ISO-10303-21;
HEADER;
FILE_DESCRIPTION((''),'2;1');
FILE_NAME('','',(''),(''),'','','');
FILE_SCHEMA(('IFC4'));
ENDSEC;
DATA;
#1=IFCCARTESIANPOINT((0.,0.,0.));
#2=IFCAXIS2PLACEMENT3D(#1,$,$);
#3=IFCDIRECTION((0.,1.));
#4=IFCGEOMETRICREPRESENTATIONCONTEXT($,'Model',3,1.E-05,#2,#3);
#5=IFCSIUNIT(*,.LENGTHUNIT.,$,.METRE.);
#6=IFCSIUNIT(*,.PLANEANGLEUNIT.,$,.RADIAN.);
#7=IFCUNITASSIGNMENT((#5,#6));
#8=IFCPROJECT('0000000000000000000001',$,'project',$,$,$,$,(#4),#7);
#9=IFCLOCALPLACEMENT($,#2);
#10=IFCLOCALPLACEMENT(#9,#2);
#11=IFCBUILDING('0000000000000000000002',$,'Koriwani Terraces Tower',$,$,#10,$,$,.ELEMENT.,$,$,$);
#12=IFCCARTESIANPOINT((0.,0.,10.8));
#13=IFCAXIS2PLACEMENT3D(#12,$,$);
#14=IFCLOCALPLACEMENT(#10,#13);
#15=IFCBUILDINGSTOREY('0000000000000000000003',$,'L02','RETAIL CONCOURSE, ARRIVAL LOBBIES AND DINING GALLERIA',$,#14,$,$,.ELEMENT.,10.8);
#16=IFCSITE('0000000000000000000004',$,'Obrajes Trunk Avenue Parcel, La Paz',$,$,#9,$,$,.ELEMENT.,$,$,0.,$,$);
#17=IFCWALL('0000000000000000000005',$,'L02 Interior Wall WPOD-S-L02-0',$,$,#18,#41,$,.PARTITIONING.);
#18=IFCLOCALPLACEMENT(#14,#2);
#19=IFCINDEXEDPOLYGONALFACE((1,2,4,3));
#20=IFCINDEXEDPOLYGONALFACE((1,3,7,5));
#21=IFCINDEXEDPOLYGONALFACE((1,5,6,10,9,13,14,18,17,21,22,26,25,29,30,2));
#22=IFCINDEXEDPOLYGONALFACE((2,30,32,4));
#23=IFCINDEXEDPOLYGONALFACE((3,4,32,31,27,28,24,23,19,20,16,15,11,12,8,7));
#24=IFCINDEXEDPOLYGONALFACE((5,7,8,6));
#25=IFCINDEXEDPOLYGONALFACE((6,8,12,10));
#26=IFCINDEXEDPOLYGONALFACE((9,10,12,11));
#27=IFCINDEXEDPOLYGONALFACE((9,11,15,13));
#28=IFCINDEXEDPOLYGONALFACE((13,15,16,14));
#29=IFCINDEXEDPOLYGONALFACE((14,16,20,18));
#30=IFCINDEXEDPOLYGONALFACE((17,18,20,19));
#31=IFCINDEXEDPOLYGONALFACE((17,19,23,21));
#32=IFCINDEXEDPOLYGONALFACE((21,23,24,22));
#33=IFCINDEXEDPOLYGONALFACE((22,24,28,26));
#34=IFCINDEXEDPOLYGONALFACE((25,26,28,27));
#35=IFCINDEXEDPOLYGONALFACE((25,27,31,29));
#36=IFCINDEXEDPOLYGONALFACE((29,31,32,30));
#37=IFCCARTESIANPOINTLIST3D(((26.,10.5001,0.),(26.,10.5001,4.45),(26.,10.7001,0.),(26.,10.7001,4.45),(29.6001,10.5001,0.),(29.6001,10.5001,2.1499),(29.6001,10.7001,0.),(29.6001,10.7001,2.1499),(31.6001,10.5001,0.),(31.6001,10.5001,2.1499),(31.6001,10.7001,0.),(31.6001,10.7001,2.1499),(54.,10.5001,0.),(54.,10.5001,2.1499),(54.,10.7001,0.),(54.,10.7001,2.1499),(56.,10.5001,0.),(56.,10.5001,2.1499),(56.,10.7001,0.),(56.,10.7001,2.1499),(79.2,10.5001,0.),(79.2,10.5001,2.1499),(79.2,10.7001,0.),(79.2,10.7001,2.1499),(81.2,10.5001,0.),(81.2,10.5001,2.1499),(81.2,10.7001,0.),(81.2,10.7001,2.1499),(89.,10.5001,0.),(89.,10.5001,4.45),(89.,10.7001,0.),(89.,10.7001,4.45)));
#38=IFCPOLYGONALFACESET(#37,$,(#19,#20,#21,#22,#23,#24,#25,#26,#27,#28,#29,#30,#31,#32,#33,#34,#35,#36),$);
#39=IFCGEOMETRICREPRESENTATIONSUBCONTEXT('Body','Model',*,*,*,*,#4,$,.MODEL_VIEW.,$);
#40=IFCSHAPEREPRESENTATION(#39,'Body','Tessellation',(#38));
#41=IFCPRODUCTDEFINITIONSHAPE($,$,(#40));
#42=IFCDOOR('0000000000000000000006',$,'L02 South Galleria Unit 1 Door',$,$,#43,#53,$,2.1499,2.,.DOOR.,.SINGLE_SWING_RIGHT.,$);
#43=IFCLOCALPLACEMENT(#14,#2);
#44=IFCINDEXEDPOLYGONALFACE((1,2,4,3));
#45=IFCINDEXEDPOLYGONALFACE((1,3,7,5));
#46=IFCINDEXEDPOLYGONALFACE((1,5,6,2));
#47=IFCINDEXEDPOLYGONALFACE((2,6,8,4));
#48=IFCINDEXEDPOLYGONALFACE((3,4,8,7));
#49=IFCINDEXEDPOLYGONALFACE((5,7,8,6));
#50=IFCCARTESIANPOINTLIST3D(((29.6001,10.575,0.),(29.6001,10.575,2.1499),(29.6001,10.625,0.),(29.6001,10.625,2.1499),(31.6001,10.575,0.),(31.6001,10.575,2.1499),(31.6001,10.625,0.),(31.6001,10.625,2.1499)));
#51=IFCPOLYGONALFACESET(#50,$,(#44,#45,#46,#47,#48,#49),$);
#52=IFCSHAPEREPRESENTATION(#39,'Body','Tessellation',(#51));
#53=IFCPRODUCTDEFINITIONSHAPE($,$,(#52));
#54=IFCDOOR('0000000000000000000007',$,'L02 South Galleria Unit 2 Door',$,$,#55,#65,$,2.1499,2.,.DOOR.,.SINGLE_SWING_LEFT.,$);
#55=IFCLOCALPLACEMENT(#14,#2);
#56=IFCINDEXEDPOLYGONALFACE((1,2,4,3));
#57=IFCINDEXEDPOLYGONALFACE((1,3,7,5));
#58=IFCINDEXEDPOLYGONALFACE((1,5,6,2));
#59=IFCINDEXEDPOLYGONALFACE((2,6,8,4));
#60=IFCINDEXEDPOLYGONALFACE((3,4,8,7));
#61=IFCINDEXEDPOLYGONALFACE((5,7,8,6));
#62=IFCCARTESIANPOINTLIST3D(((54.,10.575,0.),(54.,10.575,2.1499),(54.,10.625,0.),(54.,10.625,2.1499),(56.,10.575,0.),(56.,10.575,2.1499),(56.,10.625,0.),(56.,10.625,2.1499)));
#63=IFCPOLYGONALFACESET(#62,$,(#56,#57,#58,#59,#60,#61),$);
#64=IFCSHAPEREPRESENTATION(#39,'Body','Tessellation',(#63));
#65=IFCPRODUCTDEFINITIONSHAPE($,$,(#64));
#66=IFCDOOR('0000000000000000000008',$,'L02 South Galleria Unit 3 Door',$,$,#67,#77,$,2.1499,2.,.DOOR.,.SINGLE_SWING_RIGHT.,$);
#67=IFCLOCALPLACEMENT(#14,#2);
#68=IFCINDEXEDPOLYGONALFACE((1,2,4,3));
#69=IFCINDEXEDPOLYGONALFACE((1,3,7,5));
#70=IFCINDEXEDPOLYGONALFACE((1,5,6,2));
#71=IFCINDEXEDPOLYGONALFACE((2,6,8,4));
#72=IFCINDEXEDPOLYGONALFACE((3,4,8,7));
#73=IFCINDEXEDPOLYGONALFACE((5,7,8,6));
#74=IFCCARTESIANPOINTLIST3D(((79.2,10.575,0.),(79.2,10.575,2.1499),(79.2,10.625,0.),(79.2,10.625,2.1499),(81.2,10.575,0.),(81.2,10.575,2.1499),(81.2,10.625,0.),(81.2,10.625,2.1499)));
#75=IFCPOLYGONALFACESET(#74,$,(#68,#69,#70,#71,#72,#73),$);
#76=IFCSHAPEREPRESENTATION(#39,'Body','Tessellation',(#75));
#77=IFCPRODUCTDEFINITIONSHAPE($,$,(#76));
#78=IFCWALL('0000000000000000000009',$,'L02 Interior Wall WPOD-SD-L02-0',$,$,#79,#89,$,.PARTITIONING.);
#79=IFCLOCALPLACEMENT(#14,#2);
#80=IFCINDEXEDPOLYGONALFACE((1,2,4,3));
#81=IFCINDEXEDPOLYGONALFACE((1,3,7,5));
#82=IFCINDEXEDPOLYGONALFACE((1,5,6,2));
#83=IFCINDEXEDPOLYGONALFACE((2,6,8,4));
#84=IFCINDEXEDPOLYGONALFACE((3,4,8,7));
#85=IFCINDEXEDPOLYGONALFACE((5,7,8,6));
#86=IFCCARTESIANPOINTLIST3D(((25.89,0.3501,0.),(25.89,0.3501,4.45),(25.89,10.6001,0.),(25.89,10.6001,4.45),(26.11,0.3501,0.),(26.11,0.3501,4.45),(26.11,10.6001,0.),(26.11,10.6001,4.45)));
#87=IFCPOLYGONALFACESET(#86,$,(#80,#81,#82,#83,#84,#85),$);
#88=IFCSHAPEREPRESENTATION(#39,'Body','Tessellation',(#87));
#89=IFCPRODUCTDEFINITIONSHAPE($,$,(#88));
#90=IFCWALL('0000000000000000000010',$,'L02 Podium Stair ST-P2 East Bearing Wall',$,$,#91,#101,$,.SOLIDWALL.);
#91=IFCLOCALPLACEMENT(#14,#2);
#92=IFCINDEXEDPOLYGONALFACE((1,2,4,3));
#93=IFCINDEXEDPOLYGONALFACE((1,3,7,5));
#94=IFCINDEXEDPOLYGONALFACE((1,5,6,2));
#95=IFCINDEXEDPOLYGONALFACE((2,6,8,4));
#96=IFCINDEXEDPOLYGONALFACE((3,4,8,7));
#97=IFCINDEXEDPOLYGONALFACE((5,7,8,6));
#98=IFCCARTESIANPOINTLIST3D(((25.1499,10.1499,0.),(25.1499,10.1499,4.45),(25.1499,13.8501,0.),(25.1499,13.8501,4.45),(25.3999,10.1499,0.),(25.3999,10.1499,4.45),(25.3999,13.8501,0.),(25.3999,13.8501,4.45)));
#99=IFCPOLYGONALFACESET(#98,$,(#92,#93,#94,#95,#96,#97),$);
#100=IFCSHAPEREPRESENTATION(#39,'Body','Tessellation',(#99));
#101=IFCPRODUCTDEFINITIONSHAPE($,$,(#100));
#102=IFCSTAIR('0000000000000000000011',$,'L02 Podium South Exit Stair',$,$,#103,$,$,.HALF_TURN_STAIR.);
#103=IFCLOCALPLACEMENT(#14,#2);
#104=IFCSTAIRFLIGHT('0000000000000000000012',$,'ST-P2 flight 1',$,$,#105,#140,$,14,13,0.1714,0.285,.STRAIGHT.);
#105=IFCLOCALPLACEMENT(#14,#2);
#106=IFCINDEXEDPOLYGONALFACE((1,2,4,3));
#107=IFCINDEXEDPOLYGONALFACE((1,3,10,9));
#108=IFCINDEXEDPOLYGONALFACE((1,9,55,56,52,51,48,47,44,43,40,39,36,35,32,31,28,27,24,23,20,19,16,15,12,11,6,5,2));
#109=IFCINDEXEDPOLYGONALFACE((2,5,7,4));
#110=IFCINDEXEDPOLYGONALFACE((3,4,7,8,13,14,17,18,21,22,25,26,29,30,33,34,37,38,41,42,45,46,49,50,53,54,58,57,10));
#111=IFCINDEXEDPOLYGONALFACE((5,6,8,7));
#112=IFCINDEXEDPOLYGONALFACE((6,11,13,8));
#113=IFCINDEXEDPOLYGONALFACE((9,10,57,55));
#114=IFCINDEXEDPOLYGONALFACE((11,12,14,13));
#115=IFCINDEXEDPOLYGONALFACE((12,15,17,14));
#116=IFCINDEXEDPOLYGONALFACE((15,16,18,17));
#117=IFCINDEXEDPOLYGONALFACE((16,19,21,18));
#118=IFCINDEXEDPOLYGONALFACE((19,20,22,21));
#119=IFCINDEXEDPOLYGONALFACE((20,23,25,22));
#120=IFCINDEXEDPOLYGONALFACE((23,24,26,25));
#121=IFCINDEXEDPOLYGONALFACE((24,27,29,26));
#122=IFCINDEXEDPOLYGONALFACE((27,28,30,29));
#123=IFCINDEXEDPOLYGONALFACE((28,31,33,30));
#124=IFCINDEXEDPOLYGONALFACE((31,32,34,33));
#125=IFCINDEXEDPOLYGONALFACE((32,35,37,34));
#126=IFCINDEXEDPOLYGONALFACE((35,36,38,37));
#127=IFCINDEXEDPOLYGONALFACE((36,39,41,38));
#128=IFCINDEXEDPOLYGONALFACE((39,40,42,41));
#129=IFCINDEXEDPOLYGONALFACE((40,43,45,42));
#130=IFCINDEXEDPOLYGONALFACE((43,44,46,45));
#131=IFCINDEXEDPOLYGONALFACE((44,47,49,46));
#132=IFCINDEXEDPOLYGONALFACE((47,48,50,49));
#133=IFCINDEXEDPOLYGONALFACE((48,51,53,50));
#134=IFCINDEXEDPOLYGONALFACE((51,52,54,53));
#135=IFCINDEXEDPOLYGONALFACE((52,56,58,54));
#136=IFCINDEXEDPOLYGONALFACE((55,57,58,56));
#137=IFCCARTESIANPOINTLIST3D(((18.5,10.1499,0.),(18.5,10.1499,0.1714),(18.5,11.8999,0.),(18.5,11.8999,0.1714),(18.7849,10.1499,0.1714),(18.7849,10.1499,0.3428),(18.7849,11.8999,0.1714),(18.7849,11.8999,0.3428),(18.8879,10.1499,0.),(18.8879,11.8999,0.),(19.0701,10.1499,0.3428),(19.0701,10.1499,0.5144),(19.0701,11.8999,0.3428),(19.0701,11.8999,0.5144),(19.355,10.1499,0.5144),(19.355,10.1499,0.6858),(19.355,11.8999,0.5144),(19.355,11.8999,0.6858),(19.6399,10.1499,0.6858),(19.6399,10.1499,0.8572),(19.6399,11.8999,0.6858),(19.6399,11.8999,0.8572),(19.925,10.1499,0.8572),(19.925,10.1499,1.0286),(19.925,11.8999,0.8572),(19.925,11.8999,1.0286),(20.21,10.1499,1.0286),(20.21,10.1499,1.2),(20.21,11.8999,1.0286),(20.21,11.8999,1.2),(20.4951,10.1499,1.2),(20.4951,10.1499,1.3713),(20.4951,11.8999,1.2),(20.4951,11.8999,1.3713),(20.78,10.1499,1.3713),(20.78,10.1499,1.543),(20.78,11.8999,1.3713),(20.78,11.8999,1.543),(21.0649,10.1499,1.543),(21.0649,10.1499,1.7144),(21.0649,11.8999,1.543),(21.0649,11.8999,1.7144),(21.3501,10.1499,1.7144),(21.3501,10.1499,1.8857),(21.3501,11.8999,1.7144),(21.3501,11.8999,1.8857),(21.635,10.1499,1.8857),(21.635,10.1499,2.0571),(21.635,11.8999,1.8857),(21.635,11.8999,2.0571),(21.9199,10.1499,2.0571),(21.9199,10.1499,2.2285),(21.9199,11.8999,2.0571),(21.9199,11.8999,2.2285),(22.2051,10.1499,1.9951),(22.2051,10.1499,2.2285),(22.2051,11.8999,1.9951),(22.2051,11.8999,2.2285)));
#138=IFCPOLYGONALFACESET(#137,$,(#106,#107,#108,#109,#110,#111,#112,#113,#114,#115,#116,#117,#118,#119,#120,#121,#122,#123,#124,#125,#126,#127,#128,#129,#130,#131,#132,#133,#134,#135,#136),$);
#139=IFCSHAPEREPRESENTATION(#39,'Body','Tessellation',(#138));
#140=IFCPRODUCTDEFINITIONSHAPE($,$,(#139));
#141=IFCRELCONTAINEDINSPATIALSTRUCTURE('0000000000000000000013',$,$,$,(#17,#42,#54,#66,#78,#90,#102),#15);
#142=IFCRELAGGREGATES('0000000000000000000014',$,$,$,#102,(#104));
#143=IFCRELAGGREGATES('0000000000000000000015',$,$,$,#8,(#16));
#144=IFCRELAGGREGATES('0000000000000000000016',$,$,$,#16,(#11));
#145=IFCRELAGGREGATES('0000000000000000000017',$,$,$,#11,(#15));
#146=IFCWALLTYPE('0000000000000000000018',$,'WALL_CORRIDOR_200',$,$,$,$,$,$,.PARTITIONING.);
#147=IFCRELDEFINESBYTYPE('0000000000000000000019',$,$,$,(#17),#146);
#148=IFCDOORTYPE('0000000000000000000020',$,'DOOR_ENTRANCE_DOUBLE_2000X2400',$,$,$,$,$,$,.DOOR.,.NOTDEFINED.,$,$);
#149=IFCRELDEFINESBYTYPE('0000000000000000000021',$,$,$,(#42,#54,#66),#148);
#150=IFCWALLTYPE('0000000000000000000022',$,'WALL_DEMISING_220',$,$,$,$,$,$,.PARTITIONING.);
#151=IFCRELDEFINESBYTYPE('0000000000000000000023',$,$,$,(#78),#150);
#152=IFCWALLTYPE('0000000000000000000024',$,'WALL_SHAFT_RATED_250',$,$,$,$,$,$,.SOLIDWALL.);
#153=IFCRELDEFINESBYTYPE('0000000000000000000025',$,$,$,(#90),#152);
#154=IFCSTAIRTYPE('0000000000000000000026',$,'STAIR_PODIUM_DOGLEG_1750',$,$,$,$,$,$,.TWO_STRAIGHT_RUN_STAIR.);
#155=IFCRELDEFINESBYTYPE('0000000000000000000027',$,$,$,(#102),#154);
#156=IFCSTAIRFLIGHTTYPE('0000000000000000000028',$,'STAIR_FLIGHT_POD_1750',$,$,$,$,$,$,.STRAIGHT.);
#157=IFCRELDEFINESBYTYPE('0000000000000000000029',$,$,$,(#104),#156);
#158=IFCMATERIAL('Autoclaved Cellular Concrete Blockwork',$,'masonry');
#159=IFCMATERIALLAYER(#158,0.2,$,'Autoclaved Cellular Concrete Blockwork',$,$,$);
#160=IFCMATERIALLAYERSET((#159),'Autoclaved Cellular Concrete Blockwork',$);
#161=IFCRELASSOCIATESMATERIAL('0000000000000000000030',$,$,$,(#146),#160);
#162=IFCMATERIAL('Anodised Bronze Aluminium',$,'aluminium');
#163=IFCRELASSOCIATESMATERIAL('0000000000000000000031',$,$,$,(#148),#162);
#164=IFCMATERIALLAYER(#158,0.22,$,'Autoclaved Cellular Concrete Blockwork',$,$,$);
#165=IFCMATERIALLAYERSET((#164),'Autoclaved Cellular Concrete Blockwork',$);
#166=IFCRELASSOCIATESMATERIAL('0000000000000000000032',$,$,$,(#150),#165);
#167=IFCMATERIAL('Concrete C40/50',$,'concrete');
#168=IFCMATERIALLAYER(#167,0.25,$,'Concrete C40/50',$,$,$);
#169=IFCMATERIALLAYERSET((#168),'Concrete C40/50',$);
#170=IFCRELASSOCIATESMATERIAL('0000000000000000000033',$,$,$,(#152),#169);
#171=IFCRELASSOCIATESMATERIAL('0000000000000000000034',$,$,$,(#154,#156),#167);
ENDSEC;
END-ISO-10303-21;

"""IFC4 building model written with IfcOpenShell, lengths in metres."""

from ifc_helpers import new_model, si_unit, direction, frame, frame_2d, origin, place, context, subcontext, project, spatial, polyline, rectangle, outline, extrude, material, layer, layer_set, type_object, element, fill, aggregate, save


model = new_model("IFC4")

# Units and contexts
model_context = context("Model", 3, precision=1e-05, world=origin(), true_north=direction((0.0, 1.0)))
body_context = subcontext(model_context, "Body", "Model", "MODEL_VIEW")
ifc_project = project(units=[si_unit("LENGTHUNIT", "METRE"), si_unit("PLANEANGLEUNIT", "RADIAN")], contexts=[model_context])

# Site, building, storey
site_placement = place(None, origin())
site = spatial("IfcSite", under=ifc_project, at=site_placement, Name="Obrajes Trunk Avenue Parcel, La Paz", CompositionType="ELEMENT", RefElevation=0.0)
building_placement = place(site_placement, origin())
building = spatial("IfcBuilding", under=site, at=building_placement, Name="Koriwani Terraces Tower", CompositionType="ELEMENT")
storey_placement = place(building_placement, frame((0.0, 0.0, 10.8)))
storey = spatial("IfcBuildingStorey", under=building, at=storey_placement, Name="L02", Description="RETAIL CONCOURSE, ARRIVAL LOBBIES AND DINING GALLERIA", CompositionType="ELEMENT", Elevation=10.8)

# Shared definitions
ifc_material_1 = material(Name="Concrete C40/50", Category="concrete")

# Wall, openings, doors
ifc_material_2 = material(Name="Autoclaved Cellular Concrete Blockwork", Category="masonry")
ifc_layer_1 = layer(ifc_material_2, 0.2, Name="Autoclaved Cellular Concrete Blockwork")
ifc_layer_set_1 = layer_set([ifc_layer_1], Name="Autoclaved Cellular Concrete Blockwork")
wall_type_1 = type_object("IfcWallType", Name="WALL_CORRIDOR_200", PredefinedType="PARTITIONING", material=ifc_layer_set_1)
wall_1_placement = place(storey_placement, frame((26.0, 10.6001, 0.0), z_axis=(0.0, 0.0, 1.0), x_axis=(1.0, 0.0, 0.0)))
wall_1 = element("IfcWall", 1, at=wall_1_placement, inside=storey, type_object=wall_type_1, Name="L02 Interior Wall WPOD-S-L02-0", PredefinedType="PARTITIONING", context=body_context, shape_type="SweptSolid", body=[
    extrude(rectangle(XDim=63.0, YDim=0.2, at=frame_2d((31.5, 0.0))), origin(), (0.0, 0.0, 1.0), 4.45),
])
opening_1_placement = place(wall_1_placement, frame((3.6001, 0.0, 0.0)))
opening_1 = element("IfcOpeningElement", 2, at=opening_1_placement, cuts=wall_1, PredefinedType="OPENING", context=body_context, shape_type="SweptSolid", body=[
    extrude(rectangle(XDim=2.0, YDim=2.1499, at=frame_2d((1.0, 1.075))), frame((0.0, 0.1099, 0.0), z_axis=(0.0, -1.0, 0.0), x_axis=(1.0, 0.0, 0.0)), (0.0, 0.0, 1.0), 0.22),
])
opening_2_placement = place(wall_1_placement, frame((28.0, 0.0, 0.0)))
opening_2 = element("IfcOpeningElement", 3, at=opening_2_placement, cuts=wall_1, PredefinedType="OPENING", context=body_context, shape_type="SweptSolid", body=[
    extrude(rectangle(XDim=2.0, YDim=2.1499, at=frame_2d((1.0, 1.075))), frame((0.0, 0.1099, 0.0), z_axis=(0.0, -1.0, 0.0), x_axis=(1.0, 0.0, 0.0)), (0.0, 0.0, 1.0), 0.22),
])
opening_3_placement = place(wall_1_placement, frame((53.2, 0.0, 0.0)))
opening_3 = element("IfcOpeningElement", 4, at=opening_3_placement, cuts=wall_1, PredefinedType="OPENING", context=body_context, shape_type="SweptSolid", body=[
    extrude(rectangle(XDim=2.0, YDim=2.1499, at=frame_2d((1.0, 1.075))), frame((0.0, 0.1099, 0.0), z_axis=(0.0, -1.0, 0.0), x_axis=(1.0, 0.0, 0.0)), (0.0, 0.0, 1.0), 0.22),
])
ifc_material_3 = material(Name="Anodised Bronze Aluminium", Category="aluminium")
door_type = type_object("IfcDoorType", Name="DOOR_ENTRANCE_DOUBLE_2000X2400", OperationType="NOTDEFINED", PredefinedType="DOOR", material=ifc_material_3)
door_1_placement = place(opening_1_placement, origin())
door_1 = element("IfcDoor", 5, at=door_1_placement, inside=storey, type_object=door_type, Name="L02 South Galleria Unit 1 Door", OperationType="SINGLE_SWING_RIGHT", OverallHeight=2.1499, OverallWidth=2.0, PredefinedType="DOOR", context=body_context, shape_type="SweptSolid", body=[
    extrude(rectangle(XDim=2.0, YDim=2.1499, at=frame_2d((1.0, 1.075))), frame((0.0, 0.0249, 0.0), z_axis=(0.0, -1.0, 0.0), x_axis=(1.0, 0.0, 0.0)), (0.0, 0.0, 1.0), 0.05),
])
fill(opening_1, door_1)
door_2_placement = place(opening_2_placement, origin())
door_2 = element("IfcDoor", 6, at=door_2_placement, inside=storey, type_object=door_type, Name="L02 South Galleria Unit 2 Door", OperationType="SINGLE_SWING_LEFT", OverallHeight=2.1499, OverallWidth=2.0, PredefinedType="DOOR", context=body_context, shape_type="SweptSolid", body=[
    extrude(rectangle(XDim=2.0, YDim=2.1499, at=frame_2d((1.0, 1.075))), frame((0.0, 0.0249, 0.0), z_axis=(0.0, -1.0, 0.0), x_axis=(1.0, 0.0, 0.0)), (0.0, 0.0, 1.0), 0.05),
])
fill(opening_2, door_2)
door_3_placement = place(opening_3_placement, origin())
door_3 = element("IfcDoor", 7, at=door_3_placement, inside=storey, type_object=door_type, Name="L02 South Galleria Unit 3 Door", OperationType="SINGLE_SWING_RIGHT", OverallHeight=2.1499, OverallWidth=2.0, PredefinedType="DOOR", context=body_context, shape_type="SweptSolid", body=[
    extrude(rectangle(XDim=2.0, YDim=2.1499, at=frame_2d((1.0, 1.075))), frame((0.0, 0.0249, 0.0), z_axis=(0.0, -1.0, 0.0), x_axis=(1.0, 0.0, 0.0)), (0.0, 0.0, 1.0), 0.05),
])
fill(opening_3, door_3)

# Walls
ifc_layer_2 = layer(ifc_material_2, 0.22, Name="Autoclaved Cellular Concrete Blockwork")
ifc_layer_set_2 = layer_set([ifc_layer_2], Name="Autoclaved Cellular Concrete Blockwork")
wall_type_2 = type_object("IfcWallType", Name="WALL_DEMISING_220", PredefinedType="PARTITIONING", material=ifc_layer_set_2)
wall_2_placement = place(storey_placement, frame((26.0, 0.3501, 0.0), z_axis=(0.0, 0.0, 1.0), x_axis=(0.0, 1.0, 0.0)))
element("IfcWall", 8, at=wall_2_placement, inside=storey, type_object=wall_type_2, Name="L02 Interior Wall WPOD-SD-L02-0", PredefinedType="PARTITIONING", context=body_context, shape_type="SweptSolid", body=[
    extrude(rectangle(XDim=10.25, YDim=0.22, at=frame_2d((5.125, 0.0))), origin(), (0.0, 0.0, 1.0), 4.45),
])
ifc_layer_3 = layer(ifc_material_1, 0.25, Name="Concrete C40/50")
ifc_layer_set_3 = layer_set([ifc_layer_3], Name="Concrete C40/50")
wall_type_3 = type_object("IfcWallType", Name="WALL_SHAFT_RATED_250", PredefinedType="SOLIDWALL", material=ifc_layer_set_3)
wall_3_placement = place(storey_placement, frame((25.2749, 10.1499, 0.0), z_axis=(0.0, 0.0, 1.0), x_axis=(0.0, 1.0, 0.0)))
element("IfcWall", 9, at=wall_3_placement, inside=storey, type_object=wall_type_3, Name="L02 Podium Stair ST-P2 East Bearing Wall", PredefinedType="SOLIDWALL", context=body_context, shape_type="SweptSolid", body=[
    extrude(rectangle(XDim=3.7002, YDim=0.25, at=frame_2d((1.8501, 0.0))), origin(), (0.0, 0.0, 1.0), 4.45),
])

# Stair, stair flight
stair_type = type_object("IfcStairType", Name="STAIR_PODIUM_DOGLEG_1750", PredefinedType="TWO_STRAIGHT_RUN_STAIR", material=ifc_material_1)
stair_placement = place(storey_placement, origin())
stair = element("IfcStair", 10, at=stair_placement, inside=storey, type_object=stair_type, Name="L02 Podium South Exit Stair", PredefinedType="HALF_TURN_STAIR")
stair_flight_type = type_object("IfcStairFlightType", Name="STAIR_FLIGHT_POD_1750", PredefinedType="STRAIGHT", material=ifc_material_1)
stair_flight_1_placement = place(storey_placement, frame((18.5, 11.0249, 0.0), z_axis=(0.0, 0.0, 1.0), x_axis=(1.0, 0.0, 0.0)))
stair_flight_1 = element("IfcStairFlight", 11, at=stair_flight_1_placement, type_object=stair_flight_type, Name="ST-P2 flight 1", NumberOfRisers=14, NumberOfTreads=13, PredefinedType="STRAIGHT", RiserHeight=0.1714, TreadLength=0.285, context=body_context, shape_type="SweptSolid", body=[
    extrude(outline(polyline([(0.0, 0.0), (0.0, 0.1714), (0.2849, 0.1714), (0.2849, 0.3428), (0.5701, 0.3428), (0.5701, 0.5144), (0.855, 0.5144), (0.855, 0.6858), (1.1399, 0.6858), (1.1399, 0.8572), (1.425, 0.8572), (1.425, 1.0286), (1.71, 1.0286), (1.71, 1.2), (1.9951, 1.2), (1.9951, 1.3713), (2.28, 1.3713), (2.28, 1.543), (2.5649, 1.543), (2.5649, 1.7144), (2.8501, 1.7144), (2.8501, 1.8857), (3.135, 1.8857), (3.135, 2.0571), (3.4199, 2.0571), (3.4199, 2.2285), (3.7051, 2.2285), (3.7051, 2.3999), (3.7051, 1.9951), (0.3879, 0.0), (0.0, 0.0)])), frame((0.0, 0.875, 0.0), z_axis=(0.0, -1.0, 0.0), x_axis=(1.0, 0.0, 0.0)), (0.0, 0.0, 1.0), 1.75),
])
aggregate(stair, [stair_flight_1])

save(model, "model.ifc")
